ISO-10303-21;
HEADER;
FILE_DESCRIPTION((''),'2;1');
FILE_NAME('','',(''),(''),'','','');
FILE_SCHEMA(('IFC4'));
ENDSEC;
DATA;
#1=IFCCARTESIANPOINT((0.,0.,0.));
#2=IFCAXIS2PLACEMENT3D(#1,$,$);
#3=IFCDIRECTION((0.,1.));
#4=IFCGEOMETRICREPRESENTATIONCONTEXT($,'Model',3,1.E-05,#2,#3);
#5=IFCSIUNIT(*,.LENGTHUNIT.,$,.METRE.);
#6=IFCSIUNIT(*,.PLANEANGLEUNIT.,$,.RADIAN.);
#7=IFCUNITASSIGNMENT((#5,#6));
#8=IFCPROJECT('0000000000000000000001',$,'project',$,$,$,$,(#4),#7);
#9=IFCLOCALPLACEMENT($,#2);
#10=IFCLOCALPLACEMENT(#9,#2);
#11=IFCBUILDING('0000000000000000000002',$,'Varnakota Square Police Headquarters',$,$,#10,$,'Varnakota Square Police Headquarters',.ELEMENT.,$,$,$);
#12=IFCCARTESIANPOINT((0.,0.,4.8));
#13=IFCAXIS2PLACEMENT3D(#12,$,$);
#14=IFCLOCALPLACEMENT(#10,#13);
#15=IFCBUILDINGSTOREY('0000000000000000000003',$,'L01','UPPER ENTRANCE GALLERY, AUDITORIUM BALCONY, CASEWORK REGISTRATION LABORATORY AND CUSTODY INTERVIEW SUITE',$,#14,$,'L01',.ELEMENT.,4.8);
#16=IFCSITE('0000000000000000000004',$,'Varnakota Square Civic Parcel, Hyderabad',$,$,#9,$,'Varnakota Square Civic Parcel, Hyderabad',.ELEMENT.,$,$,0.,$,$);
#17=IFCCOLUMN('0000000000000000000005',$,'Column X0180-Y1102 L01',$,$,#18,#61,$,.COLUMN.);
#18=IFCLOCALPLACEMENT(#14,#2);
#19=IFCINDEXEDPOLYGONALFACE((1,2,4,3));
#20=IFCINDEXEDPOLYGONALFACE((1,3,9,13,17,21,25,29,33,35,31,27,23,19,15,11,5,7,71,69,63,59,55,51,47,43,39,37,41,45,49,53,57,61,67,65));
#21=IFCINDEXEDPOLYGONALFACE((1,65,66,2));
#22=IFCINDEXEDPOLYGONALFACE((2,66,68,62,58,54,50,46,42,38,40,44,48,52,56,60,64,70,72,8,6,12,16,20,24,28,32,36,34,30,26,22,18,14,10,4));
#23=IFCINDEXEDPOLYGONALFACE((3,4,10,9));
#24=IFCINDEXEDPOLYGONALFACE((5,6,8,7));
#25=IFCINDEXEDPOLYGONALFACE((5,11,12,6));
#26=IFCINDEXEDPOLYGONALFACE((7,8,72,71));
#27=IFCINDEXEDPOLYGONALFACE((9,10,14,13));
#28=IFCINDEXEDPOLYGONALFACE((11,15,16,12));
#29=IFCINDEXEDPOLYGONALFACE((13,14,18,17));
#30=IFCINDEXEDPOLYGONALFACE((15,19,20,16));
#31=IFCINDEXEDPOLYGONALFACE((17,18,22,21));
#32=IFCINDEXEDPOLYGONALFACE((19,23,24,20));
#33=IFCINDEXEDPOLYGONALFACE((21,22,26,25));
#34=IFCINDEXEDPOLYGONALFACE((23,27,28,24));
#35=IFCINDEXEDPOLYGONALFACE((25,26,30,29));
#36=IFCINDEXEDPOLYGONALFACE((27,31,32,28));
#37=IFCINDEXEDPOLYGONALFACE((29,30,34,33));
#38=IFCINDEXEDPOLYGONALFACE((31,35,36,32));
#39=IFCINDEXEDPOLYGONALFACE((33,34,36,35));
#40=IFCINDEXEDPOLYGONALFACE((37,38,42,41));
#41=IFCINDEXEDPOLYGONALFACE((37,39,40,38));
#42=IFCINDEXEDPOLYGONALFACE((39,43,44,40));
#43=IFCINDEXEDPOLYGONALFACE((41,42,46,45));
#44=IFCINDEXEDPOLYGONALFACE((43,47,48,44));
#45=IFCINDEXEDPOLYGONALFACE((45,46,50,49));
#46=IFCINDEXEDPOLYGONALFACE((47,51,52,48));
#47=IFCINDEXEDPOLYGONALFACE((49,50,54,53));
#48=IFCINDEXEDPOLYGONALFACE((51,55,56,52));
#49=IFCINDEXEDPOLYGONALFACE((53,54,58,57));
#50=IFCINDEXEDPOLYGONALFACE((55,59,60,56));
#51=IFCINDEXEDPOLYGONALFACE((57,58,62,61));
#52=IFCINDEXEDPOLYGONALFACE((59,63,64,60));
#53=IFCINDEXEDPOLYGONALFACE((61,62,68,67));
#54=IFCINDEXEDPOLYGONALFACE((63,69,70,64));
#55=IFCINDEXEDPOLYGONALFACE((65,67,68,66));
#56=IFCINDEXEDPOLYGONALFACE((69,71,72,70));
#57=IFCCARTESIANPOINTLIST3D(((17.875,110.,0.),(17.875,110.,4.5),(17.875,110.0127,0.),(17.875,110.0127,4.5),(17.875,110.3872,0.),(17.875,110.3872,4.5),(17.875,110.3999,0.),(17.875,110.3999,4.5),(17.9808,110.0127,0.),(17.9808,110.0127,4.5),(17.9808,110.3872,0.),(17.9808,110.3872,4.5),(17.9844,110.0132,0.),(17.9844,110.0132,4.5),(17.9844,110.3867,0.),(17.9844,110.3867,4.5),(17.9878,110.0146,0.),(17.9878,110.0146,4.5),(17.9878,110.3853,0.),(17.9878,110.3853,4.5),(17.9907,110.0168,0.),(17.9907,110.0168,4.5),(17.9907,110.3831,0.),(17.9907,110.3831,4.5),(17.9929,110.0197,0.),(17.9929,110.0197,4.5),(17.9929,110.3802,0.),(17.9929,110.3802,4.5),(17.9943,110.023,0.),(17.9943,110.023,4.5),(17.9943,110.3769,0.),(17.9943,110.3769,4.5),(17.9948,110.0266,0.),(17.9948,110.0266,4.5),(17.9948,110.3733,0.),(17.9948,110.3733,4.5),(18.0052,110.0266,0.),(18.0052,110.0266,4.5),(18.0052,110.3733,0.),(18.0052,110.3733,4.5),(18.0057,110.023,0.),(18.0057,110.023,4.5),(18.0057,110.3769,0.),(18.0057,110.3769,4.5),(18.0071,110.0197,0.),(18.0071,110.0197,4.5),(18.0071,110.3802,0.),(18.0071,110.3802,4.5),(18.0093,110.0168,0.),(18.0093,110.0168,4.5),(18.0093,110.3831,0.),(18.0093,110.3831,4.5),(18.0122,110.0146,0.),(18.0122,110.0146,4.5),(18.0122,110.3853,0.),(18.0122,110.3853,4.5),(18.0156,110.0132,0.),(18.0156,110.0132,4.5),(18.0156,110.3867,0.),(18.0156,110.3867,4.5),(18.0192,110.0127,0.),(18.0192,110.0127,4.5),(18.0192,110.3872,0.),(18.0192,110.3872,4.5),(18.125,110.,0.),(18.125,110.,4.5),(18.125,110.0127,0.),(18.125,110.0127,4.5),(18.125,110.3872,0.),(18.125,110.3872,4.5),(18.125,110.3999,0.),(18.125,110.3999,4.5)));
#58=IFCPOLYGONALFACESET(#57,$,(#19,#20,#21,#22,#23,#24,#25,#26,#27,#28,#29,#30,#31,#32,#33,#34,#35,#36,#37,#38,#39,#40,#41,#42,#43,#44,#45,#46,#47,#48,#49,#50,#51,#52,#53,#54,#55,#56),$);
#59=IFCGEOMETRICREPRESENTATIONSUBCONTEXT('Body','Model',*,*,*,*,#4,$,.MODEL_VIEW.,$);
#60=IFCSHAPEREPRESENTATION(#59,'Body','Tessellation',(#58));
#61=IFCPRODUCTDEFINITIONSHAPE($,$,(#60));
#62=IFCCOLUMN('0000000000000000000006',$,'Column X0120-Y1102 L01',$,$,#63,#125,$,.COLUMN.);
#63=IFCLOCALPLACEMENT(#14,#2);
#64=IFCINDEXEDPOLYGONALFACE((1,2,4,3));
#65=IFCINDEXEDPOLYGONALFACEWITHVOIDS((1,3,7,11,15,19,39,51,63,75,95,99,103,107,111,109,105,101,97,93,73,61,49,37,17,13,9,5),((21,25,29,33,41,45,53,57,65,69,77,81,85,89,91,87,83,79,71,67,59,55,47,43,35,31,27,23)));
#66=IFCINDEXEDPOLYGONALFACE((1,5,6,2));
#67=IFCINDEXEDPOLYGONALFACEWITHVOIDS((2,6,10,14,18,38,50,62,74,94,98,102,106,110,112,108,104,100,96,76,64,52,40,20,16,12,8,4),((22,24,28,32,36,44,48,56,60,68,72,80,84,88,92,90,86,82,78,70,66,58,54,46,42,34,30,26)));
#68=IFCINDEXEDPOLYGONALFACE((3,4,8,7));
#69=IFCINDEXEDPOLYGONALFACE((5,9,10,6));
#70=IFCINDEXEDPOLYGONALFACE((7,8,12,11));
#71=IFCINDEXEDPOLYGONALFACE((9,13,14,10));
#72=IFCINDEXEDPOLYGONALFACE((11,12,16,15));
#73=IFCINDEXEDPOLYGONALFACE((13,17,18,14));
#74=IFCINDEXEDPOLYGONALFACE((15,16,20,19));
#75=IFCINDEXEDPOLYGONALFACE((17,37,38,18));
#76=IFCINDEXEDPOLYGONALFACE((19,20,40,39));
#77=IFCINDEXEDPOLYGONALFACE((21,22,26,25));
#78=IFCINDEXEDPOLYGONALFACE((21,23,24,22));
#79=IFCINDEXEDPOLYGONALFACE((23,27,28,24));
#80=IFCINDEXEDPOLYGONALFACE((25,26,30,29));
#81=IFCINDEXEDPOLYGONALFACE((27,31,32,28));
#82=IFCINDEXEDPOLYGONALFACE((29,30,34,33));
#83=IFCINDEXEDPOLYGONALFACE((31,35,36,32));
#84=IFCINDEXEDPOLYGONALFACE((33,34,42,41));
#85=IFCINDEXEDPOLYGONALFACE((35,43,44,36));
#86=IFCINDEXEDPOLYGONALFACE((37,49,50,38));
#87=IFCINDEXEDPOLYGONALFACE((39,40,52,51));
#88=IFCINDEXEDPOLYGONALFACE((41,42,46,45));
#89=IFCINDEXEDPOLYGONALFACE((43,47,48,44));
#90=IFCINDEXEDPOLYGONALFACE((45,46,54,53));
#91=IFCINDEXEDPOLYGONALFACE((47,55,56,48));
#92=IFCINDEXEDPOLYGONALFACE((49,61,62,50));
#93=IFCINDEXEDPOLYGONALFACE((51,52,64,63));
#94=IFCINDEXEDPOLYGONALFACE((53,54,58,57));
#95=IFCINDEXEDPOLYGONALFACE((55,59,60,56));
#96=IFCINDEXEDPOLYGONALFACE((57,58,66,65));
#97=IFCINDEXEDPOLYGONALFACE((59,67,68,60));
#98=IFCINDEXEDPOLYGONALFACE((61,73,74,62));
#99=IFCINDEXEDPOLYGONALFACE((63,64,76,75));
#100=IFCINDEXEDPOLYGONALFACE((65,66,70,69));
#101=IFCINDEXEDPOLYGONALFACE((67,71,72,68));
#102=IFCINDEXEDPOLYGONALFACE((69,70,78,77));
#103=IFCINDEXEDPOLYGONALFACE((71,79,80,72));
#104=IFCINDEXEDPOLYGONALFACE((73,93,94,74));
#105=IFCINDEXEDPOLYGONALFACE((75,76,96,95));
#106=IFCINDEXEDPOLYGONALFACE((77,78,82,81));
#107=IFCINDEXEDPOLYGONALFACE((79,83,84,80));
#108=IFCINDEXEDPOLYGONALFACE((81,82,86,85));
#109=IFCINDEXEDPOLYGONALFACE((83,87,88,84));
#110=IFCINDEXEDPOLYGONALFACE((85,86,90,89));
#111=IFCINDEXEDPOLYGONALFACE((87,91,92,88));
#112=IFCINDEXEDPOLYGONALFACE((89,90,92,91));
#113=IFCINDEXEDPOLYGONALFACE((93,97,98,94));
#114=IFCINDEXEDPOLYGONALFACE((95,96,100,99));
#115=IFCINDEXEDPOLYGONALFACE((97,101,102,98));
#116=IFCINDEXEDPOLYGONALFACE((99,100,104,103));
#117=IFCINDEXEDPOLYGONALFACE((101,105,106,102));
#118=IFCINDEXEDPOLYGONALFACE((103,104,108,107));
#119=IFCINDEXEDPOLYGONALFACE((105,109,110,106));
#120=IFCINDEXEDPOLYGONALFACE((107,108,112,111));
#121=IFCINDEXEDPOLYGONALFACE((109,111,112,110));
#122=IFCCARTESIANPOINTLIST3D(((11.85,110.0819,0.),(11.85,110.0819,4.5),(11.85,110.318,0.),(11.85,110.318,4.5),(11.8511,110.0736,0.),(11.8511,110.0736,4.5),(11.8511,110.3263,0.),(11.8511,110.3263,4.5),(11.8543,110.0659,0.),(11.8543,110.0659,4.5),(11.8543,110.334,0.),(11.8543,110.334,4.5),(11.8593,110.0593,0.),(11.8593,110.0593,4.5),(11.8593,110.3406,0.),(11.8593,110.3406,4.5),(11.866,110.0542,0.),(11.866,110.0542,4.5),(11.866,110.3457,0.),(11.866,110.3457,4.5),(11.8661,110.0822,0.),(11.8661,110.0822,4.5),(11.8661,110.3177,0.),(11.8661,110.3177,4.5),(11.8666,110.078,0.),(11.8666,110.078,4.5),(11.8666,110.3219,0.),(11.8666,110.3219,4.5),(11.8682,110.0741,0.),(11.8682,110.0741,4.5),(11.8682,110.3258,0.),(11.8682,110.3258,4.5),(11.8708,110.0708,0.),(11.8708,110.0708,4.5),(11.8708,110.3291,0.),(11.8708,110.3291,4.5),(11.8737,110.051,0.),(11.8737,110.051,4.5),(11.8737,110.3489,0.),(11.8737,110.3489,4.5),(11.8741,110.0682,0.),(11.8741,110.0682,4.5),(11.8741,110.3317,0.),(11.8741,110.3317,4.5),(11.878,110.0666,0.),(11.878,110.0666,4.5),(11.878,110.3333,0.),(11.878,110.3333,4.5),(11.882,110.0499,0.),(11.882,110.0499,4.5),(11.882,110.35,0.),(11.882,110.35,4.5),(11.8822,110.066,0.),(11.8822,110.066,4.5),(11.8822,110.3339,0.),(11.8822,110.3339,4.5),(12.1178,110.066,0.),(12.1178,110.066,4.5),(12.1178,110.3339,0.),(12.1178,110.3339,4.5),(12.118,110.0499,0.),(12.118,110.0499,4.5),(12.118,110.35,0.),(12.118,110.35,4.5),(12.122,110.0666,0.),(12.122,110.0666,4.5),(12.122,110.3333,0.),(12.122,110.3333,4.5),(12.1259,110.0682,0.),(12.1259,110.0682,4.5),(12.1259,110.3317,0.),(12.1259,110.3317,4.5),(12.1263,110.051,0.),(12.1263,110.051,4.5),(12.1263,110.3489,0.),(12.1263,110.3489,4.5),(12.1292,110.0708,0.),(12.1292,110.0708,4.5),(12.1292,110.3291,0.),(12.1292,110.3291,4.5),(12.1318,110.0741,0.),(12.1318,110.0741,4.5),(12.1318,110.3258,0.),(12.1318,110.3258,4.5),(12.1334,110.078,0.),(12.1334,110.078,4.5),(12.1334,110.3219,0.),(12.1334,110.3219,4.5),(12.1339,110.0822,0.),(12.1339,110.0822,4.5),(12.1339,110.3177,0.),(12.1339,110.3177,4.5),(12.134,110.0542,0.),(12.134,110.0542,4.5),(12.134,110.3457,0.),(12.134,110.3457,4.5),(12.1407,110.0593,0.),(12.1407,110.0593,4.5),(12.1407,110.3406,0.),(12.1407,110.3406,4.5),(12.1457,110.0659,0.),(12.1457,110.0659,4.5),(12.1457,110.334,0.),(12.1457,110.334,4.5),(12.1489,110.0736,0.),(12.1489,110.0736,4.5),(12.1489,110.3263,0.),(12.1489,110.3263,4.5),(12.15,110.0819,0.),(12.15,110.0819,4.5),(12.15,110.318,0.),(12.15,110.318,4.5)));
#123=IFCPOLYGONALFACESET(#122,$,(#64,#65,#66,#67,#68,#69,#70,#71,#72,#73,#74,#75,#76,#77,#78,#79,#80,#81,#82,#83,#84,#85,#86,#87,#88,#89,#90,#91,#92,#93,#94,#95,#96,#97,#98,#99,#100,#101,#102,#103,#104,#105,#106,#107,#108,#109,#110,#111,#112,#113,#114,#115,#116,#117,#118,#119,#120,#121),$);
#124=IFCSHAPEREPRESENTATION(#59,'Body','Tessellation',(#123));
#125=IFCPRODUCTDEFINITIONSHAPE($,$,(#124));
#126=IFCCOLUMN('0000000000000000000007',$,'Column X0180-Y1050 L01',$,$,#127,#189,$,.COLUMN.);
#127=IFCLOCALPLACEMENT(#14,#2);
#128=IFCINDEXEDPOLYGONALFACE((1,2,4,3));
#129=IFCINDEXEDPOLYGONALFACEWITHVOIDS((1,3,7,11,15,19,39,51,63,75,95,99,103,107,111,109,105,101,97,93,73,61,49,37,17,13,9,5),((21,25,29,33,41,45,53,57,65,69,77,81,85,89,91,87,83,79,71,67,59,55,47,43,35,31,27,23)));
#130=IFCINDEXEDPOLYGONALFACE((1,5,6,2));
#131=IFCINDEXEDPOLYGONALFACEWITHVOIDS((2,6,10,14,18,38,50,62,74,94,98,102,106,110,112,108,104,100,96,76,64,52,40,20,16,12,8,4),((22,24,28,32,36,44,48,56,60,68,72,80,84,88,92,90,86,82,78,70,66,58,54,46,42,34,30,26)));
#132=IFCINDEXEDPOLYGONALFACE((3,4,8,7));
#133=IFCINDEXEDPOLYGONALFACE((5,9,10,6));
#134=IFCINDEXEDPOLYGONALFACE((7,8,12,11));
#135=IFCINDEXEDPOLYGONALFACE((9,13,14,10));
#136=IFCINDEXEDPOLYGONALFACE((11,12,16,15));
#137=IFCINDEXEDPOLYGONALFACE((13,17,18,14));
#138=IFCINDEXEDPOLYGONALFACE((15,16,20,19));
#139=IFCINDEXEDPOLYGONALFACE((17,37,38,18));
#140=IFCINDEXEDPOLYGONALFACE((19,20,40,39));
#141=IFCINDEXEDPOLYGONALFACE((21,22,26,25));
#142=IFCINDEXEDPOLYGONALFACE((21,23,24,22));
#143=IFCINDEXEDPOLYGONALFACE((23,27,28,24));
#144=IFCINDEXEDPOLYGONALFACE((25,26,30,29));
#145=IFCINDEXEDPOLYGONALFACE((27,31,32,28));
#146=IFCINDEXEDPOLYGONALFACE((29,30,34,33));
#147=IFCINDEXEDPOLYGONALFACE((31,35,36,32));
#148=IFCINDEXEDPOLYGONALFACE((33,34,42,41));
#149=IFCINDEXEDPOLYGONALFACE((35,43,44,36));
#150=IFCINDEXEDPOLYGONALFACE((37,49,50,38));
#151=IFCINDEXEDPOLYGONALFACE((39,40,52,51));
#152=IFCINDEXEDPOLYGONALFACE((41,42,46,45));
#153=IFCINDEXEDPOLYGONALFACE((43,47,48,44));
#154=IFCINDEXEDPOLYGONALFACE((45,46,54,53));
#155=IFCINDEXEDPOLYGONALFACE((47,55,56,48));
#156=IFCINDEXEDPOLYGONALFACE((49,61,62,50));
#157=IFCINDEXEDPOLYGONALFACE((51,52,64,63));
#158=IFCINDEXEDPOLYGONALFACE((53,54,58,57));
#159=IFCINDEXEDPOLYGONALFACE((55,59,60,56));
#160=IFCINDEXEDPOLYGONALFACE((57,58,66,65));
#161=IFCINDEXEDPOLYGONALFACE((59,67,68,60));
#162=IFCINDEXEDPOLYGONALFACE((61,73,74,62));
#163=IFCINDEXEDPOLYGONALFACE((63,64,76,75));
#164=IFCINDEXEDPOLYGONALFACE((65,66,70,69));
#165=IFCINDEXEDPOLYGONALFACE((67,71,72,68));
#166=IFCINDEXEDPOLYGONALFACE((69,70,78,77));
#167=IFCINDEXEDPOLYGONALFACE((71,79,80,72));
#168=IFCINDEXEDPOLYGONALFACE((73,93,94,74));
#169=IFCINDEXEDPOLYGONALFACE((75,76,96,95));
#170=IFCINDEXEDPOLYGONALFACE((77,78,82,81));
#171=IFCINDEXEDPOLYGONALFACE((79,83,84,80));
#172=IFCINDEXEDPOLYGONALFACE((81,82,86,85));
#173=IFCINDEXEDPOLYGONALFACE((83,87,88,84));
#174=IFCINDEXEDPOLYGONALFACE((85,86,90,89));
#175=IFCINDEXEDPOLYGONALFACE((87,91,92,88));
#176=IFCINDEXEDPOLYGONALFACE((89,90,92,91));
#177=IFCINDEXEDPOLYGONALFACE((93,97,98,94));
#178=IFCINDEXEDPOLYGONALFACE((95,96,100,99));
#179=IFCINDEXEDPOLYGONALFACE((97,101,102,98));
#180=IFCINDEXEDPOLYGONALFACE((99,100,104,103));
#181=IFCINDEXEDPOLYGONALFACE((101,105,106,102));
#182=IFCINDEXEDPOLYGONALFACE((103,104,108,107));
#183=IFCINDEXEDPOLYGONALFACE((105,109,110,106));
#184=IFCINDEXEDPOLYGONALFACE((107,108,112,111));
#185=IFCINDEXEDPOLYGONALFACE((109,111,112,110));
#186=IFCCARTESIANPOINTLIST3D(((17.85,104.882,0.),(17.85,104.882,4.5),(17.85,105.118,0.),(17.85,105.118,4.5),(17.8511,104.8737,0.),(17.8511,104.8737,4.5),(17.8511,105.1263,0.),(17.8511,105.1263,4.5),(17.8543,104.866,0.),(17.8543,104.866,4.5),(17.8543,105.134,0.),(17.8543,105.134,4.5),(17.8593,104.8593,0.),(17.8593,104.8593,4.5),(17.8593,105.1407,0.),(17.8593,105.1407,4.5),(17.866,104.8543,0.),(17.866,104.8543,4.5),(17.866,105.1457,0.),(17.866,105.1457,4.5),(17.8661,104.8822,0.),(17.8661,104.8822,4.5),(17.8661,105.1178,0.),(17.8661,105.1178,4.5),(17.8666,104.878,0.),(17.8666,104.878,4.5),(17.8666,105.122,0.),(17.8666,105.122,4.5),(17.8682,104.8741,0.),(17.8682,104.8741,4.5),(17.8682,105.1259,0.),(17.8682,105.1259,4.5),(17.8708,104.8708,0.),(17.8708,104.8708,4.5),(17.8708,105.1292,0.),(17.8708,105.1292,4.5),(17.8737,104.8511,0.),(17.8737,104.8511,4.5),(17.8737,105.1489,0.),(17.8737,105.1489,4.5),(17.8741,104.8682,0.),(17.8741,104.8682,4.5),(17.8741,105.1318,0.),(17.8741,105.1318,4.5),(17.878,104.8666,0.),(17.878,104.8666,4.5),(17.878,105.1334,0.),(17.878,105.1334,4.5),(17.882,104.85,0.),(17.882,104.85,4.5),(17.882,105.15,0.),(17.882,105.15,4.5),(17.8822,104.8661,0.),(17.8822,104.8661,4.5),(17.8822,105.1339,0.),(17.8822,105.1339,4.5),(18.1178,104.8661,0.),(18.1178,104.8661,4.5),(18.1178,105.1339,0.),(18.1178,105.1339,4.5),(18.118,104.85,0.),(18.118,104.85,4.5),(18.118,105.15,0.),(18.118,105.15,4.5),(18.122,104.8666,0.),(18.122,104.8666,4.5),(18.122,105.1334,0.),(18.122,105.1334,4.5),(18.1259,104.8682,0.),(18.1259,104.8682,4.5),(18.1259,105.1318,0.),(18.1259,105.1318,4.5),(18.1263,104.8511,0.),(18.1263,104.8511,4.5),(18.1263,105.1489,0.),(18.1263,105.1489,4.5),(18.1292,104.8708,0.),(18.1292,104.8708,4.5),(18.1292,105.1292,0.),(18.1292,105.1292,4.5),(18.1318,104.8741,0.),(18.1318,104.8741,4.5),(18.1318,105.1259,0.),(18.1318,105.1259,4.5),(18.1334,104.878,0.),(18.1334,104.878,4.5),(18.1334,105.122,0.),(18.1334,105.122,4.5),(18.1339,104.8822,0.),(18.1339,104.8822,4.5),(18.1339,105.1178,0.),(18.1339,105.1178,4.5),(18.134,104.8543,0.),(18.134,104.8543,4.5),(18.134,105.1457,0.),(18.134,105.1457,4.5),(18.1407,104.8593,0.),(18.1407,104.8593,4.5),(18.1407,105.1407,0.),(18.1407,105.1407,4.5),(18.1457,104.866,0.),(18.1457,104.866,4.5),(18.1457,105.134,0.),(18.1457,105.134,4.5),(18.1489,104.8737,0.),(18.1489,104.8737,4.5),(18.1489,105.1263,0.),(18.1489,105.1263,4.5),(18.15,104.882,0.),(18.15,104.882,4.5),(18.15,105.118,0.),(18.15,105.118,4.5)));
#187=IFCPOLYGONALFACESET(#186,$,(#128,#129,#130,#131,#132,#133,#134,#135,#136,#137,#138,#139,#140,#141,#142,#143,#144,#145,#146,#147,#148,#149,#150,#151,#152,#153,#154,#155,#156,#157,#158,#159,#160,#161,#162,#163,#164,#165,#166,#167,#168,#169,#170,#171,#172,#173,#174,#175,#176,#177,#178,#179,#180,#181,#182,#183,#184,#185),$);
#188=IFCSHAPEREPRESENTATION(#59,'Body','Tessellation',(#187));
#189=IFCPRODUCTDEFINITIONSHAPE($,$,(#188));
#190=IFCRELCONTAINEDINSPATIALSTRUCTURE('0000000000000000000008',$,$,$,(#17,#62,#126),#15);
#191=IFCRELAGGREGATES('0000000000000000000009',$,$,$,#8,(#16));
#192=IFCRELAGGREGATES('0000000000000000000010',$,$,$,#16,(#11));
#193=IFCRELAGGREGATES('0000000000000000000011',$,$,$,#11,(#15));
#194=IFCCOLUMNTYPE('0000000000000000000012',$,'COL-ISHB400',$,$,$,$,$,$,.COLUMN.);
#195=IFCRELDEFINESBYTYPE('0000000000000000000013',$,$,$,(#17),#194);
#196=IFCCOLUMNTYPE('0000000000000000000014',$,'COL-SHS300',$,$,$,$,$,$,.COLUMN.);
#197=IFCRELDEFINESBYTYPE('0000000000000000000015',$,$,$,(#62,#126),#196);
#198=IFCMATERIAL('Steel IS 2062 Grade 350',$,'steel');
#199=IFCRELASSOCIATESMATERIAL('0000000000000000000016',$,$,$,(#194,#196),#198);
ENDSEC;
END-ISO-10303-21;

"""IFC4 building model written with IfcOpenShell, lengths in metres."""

from ifc_helpers import new_model, si_unit, direction, frame, origin, origin_2d, place, context, subcontext, project, spatial, hollow_rectangle, i_section, extrude, material, material_profile, profile_set, type_object, element, save


model = new_model("IFC4")

# Units and contexts
model_context = context("Model", 3, precision=1e-05, world=origin(), true_north=direction((0.0, 1.0)))
body_context = subcontext(model_context, "Body", "Model", "MODEL_VIEW")
ifc_project = project(units=[si_unit("LENGTHUNIT", "METRE"), si_unit("PLANEANGLEUNIT", "RADIAN")], contexts=[model_context])

# Site, building, storey
site_placement = place(None, origin())
site = spatial("IfcSite", under=ifc_project, at=site_placement, Name="Varnakota Square Civic Parcel, Hyderabad", LongName="Varnakota Square Civic Parcel, Hyderabad", CompositionType="ELEMENT", RefElevation=0.0)
building_placement = place(site_placement, origin())
building = spatial("IfcBuilding", under=site, at=building_placement, Name="Varnakota Square Police Headquarters", LongName="Varnakota Square Police Headquarters", CompositionType="ELEMENT")
storey_placement = place(building_placement, frame((0.0, 0.0, 4.8)))
storey = spatial("IfcBuildingStorey", under=building, at=storey_placement, Name="L01", Description="UPPER ENTRANCE GALLERY, AUDITORIUM BALCONY, CASEWORK REGISTRATION LABORATORY AND CUSTODY INTERVIEW SUITE", LongName="L01", CompositionType="ELEMENT", Elevation=4.8)

# Columns
ifc_material_1 = material(Name="Steel IS 2062 Grade 350", Category="steel")
ifc_material_profile_1 = material_profile(ifc_material_1, i_section(OverallWidth=0.25, OverallDepth=0.3999, WebThickness=0.0105, FlangeThickness=0.0127, FilletRadius=0.0139, at=origin_2d()), Name="ISHB 400")
ifc_profile_set_1 = profile_set([ifc_material_profile_1], Name="Steel IS 2062 Grade 350")
column_type_1 = type_object("IfcColumnType", Name="COL-ISHB400", PredefinedType="COLUMN", material=ifc_profile_set_1)
column_placement = place(storey_placement, frame((18.0, 110.2, 0.0), z_axis=(0.0, 0.0, 1.0), x_axis=(1.0, 0.0, 0.0)))
element("IfcColumn", 1, at=column_placement, inside=storey, type_object=column_type_1, Name="Column X0180-Y1102 L01", PredefinedType="COLUMN", context=body_context, shape_type="SweptSolid", body=[
    extrude(i_section(OverallWidth=0.25, OverallDepth=0.3999, WebThickness=0.0105, FlangeThickness=0.0127, FilletRadius=0.0139, at=origin_2d()), origin(), (0.0, 0.0, 1.0), 4.5),
])
ifc_material_profile_2 = material_profile(ifc_material_1, hollow_rectangle(XDim=0.3, YDim=0.3, WallThickness=0.0161, InnerFilletRadius=0.0161, OuterFilletRadius=0.032, at=origin_2d()), Name="SHS 300x300x16")
ifc_profile_set_2 = profile_set([ifc_material_profile_2], Name="Steel IS 2062 Grade 350")
column_type_2 = type_object("IfcColumnType", Name="COL-SHS300", PredefinedType="COLUMN", material=ifc_profile_set_2)
for number, where, z_axis, x_axis, name in (
    (2, (12.0, 110.2, 0.0), (0.0, 0.0, 1.0), (1.0, 0.0, 0.0), "Column X0120-Y1102 L01"),
    (3, (18.0, 105.0, 0.0), (0.0, 0.0, 1.0), (1.0, 0.0, 0.0), "Column X0180-Y1050 L01"),
):
    element("IfcColumn", number, at=place(storey_placement, frame(where, z_axis=z_axis, x_axis=x_axis)), inside=storey, type_object=column_type_2, Name=name, PredefinedType="COLUMN", context=body_context, shape_type="SweptSolid", body=[
        extrude(hollow_rectangle(XDim=0.3, YDim=0.3, WallThickness=0.0161, InnerFilletRadius=0.0161, OuterFilletRadius=0.032, at=origin_2d()), origin(), (0.0, 0.0, 1.0), 4.5),
    ])

save(model, "model.ifc")
